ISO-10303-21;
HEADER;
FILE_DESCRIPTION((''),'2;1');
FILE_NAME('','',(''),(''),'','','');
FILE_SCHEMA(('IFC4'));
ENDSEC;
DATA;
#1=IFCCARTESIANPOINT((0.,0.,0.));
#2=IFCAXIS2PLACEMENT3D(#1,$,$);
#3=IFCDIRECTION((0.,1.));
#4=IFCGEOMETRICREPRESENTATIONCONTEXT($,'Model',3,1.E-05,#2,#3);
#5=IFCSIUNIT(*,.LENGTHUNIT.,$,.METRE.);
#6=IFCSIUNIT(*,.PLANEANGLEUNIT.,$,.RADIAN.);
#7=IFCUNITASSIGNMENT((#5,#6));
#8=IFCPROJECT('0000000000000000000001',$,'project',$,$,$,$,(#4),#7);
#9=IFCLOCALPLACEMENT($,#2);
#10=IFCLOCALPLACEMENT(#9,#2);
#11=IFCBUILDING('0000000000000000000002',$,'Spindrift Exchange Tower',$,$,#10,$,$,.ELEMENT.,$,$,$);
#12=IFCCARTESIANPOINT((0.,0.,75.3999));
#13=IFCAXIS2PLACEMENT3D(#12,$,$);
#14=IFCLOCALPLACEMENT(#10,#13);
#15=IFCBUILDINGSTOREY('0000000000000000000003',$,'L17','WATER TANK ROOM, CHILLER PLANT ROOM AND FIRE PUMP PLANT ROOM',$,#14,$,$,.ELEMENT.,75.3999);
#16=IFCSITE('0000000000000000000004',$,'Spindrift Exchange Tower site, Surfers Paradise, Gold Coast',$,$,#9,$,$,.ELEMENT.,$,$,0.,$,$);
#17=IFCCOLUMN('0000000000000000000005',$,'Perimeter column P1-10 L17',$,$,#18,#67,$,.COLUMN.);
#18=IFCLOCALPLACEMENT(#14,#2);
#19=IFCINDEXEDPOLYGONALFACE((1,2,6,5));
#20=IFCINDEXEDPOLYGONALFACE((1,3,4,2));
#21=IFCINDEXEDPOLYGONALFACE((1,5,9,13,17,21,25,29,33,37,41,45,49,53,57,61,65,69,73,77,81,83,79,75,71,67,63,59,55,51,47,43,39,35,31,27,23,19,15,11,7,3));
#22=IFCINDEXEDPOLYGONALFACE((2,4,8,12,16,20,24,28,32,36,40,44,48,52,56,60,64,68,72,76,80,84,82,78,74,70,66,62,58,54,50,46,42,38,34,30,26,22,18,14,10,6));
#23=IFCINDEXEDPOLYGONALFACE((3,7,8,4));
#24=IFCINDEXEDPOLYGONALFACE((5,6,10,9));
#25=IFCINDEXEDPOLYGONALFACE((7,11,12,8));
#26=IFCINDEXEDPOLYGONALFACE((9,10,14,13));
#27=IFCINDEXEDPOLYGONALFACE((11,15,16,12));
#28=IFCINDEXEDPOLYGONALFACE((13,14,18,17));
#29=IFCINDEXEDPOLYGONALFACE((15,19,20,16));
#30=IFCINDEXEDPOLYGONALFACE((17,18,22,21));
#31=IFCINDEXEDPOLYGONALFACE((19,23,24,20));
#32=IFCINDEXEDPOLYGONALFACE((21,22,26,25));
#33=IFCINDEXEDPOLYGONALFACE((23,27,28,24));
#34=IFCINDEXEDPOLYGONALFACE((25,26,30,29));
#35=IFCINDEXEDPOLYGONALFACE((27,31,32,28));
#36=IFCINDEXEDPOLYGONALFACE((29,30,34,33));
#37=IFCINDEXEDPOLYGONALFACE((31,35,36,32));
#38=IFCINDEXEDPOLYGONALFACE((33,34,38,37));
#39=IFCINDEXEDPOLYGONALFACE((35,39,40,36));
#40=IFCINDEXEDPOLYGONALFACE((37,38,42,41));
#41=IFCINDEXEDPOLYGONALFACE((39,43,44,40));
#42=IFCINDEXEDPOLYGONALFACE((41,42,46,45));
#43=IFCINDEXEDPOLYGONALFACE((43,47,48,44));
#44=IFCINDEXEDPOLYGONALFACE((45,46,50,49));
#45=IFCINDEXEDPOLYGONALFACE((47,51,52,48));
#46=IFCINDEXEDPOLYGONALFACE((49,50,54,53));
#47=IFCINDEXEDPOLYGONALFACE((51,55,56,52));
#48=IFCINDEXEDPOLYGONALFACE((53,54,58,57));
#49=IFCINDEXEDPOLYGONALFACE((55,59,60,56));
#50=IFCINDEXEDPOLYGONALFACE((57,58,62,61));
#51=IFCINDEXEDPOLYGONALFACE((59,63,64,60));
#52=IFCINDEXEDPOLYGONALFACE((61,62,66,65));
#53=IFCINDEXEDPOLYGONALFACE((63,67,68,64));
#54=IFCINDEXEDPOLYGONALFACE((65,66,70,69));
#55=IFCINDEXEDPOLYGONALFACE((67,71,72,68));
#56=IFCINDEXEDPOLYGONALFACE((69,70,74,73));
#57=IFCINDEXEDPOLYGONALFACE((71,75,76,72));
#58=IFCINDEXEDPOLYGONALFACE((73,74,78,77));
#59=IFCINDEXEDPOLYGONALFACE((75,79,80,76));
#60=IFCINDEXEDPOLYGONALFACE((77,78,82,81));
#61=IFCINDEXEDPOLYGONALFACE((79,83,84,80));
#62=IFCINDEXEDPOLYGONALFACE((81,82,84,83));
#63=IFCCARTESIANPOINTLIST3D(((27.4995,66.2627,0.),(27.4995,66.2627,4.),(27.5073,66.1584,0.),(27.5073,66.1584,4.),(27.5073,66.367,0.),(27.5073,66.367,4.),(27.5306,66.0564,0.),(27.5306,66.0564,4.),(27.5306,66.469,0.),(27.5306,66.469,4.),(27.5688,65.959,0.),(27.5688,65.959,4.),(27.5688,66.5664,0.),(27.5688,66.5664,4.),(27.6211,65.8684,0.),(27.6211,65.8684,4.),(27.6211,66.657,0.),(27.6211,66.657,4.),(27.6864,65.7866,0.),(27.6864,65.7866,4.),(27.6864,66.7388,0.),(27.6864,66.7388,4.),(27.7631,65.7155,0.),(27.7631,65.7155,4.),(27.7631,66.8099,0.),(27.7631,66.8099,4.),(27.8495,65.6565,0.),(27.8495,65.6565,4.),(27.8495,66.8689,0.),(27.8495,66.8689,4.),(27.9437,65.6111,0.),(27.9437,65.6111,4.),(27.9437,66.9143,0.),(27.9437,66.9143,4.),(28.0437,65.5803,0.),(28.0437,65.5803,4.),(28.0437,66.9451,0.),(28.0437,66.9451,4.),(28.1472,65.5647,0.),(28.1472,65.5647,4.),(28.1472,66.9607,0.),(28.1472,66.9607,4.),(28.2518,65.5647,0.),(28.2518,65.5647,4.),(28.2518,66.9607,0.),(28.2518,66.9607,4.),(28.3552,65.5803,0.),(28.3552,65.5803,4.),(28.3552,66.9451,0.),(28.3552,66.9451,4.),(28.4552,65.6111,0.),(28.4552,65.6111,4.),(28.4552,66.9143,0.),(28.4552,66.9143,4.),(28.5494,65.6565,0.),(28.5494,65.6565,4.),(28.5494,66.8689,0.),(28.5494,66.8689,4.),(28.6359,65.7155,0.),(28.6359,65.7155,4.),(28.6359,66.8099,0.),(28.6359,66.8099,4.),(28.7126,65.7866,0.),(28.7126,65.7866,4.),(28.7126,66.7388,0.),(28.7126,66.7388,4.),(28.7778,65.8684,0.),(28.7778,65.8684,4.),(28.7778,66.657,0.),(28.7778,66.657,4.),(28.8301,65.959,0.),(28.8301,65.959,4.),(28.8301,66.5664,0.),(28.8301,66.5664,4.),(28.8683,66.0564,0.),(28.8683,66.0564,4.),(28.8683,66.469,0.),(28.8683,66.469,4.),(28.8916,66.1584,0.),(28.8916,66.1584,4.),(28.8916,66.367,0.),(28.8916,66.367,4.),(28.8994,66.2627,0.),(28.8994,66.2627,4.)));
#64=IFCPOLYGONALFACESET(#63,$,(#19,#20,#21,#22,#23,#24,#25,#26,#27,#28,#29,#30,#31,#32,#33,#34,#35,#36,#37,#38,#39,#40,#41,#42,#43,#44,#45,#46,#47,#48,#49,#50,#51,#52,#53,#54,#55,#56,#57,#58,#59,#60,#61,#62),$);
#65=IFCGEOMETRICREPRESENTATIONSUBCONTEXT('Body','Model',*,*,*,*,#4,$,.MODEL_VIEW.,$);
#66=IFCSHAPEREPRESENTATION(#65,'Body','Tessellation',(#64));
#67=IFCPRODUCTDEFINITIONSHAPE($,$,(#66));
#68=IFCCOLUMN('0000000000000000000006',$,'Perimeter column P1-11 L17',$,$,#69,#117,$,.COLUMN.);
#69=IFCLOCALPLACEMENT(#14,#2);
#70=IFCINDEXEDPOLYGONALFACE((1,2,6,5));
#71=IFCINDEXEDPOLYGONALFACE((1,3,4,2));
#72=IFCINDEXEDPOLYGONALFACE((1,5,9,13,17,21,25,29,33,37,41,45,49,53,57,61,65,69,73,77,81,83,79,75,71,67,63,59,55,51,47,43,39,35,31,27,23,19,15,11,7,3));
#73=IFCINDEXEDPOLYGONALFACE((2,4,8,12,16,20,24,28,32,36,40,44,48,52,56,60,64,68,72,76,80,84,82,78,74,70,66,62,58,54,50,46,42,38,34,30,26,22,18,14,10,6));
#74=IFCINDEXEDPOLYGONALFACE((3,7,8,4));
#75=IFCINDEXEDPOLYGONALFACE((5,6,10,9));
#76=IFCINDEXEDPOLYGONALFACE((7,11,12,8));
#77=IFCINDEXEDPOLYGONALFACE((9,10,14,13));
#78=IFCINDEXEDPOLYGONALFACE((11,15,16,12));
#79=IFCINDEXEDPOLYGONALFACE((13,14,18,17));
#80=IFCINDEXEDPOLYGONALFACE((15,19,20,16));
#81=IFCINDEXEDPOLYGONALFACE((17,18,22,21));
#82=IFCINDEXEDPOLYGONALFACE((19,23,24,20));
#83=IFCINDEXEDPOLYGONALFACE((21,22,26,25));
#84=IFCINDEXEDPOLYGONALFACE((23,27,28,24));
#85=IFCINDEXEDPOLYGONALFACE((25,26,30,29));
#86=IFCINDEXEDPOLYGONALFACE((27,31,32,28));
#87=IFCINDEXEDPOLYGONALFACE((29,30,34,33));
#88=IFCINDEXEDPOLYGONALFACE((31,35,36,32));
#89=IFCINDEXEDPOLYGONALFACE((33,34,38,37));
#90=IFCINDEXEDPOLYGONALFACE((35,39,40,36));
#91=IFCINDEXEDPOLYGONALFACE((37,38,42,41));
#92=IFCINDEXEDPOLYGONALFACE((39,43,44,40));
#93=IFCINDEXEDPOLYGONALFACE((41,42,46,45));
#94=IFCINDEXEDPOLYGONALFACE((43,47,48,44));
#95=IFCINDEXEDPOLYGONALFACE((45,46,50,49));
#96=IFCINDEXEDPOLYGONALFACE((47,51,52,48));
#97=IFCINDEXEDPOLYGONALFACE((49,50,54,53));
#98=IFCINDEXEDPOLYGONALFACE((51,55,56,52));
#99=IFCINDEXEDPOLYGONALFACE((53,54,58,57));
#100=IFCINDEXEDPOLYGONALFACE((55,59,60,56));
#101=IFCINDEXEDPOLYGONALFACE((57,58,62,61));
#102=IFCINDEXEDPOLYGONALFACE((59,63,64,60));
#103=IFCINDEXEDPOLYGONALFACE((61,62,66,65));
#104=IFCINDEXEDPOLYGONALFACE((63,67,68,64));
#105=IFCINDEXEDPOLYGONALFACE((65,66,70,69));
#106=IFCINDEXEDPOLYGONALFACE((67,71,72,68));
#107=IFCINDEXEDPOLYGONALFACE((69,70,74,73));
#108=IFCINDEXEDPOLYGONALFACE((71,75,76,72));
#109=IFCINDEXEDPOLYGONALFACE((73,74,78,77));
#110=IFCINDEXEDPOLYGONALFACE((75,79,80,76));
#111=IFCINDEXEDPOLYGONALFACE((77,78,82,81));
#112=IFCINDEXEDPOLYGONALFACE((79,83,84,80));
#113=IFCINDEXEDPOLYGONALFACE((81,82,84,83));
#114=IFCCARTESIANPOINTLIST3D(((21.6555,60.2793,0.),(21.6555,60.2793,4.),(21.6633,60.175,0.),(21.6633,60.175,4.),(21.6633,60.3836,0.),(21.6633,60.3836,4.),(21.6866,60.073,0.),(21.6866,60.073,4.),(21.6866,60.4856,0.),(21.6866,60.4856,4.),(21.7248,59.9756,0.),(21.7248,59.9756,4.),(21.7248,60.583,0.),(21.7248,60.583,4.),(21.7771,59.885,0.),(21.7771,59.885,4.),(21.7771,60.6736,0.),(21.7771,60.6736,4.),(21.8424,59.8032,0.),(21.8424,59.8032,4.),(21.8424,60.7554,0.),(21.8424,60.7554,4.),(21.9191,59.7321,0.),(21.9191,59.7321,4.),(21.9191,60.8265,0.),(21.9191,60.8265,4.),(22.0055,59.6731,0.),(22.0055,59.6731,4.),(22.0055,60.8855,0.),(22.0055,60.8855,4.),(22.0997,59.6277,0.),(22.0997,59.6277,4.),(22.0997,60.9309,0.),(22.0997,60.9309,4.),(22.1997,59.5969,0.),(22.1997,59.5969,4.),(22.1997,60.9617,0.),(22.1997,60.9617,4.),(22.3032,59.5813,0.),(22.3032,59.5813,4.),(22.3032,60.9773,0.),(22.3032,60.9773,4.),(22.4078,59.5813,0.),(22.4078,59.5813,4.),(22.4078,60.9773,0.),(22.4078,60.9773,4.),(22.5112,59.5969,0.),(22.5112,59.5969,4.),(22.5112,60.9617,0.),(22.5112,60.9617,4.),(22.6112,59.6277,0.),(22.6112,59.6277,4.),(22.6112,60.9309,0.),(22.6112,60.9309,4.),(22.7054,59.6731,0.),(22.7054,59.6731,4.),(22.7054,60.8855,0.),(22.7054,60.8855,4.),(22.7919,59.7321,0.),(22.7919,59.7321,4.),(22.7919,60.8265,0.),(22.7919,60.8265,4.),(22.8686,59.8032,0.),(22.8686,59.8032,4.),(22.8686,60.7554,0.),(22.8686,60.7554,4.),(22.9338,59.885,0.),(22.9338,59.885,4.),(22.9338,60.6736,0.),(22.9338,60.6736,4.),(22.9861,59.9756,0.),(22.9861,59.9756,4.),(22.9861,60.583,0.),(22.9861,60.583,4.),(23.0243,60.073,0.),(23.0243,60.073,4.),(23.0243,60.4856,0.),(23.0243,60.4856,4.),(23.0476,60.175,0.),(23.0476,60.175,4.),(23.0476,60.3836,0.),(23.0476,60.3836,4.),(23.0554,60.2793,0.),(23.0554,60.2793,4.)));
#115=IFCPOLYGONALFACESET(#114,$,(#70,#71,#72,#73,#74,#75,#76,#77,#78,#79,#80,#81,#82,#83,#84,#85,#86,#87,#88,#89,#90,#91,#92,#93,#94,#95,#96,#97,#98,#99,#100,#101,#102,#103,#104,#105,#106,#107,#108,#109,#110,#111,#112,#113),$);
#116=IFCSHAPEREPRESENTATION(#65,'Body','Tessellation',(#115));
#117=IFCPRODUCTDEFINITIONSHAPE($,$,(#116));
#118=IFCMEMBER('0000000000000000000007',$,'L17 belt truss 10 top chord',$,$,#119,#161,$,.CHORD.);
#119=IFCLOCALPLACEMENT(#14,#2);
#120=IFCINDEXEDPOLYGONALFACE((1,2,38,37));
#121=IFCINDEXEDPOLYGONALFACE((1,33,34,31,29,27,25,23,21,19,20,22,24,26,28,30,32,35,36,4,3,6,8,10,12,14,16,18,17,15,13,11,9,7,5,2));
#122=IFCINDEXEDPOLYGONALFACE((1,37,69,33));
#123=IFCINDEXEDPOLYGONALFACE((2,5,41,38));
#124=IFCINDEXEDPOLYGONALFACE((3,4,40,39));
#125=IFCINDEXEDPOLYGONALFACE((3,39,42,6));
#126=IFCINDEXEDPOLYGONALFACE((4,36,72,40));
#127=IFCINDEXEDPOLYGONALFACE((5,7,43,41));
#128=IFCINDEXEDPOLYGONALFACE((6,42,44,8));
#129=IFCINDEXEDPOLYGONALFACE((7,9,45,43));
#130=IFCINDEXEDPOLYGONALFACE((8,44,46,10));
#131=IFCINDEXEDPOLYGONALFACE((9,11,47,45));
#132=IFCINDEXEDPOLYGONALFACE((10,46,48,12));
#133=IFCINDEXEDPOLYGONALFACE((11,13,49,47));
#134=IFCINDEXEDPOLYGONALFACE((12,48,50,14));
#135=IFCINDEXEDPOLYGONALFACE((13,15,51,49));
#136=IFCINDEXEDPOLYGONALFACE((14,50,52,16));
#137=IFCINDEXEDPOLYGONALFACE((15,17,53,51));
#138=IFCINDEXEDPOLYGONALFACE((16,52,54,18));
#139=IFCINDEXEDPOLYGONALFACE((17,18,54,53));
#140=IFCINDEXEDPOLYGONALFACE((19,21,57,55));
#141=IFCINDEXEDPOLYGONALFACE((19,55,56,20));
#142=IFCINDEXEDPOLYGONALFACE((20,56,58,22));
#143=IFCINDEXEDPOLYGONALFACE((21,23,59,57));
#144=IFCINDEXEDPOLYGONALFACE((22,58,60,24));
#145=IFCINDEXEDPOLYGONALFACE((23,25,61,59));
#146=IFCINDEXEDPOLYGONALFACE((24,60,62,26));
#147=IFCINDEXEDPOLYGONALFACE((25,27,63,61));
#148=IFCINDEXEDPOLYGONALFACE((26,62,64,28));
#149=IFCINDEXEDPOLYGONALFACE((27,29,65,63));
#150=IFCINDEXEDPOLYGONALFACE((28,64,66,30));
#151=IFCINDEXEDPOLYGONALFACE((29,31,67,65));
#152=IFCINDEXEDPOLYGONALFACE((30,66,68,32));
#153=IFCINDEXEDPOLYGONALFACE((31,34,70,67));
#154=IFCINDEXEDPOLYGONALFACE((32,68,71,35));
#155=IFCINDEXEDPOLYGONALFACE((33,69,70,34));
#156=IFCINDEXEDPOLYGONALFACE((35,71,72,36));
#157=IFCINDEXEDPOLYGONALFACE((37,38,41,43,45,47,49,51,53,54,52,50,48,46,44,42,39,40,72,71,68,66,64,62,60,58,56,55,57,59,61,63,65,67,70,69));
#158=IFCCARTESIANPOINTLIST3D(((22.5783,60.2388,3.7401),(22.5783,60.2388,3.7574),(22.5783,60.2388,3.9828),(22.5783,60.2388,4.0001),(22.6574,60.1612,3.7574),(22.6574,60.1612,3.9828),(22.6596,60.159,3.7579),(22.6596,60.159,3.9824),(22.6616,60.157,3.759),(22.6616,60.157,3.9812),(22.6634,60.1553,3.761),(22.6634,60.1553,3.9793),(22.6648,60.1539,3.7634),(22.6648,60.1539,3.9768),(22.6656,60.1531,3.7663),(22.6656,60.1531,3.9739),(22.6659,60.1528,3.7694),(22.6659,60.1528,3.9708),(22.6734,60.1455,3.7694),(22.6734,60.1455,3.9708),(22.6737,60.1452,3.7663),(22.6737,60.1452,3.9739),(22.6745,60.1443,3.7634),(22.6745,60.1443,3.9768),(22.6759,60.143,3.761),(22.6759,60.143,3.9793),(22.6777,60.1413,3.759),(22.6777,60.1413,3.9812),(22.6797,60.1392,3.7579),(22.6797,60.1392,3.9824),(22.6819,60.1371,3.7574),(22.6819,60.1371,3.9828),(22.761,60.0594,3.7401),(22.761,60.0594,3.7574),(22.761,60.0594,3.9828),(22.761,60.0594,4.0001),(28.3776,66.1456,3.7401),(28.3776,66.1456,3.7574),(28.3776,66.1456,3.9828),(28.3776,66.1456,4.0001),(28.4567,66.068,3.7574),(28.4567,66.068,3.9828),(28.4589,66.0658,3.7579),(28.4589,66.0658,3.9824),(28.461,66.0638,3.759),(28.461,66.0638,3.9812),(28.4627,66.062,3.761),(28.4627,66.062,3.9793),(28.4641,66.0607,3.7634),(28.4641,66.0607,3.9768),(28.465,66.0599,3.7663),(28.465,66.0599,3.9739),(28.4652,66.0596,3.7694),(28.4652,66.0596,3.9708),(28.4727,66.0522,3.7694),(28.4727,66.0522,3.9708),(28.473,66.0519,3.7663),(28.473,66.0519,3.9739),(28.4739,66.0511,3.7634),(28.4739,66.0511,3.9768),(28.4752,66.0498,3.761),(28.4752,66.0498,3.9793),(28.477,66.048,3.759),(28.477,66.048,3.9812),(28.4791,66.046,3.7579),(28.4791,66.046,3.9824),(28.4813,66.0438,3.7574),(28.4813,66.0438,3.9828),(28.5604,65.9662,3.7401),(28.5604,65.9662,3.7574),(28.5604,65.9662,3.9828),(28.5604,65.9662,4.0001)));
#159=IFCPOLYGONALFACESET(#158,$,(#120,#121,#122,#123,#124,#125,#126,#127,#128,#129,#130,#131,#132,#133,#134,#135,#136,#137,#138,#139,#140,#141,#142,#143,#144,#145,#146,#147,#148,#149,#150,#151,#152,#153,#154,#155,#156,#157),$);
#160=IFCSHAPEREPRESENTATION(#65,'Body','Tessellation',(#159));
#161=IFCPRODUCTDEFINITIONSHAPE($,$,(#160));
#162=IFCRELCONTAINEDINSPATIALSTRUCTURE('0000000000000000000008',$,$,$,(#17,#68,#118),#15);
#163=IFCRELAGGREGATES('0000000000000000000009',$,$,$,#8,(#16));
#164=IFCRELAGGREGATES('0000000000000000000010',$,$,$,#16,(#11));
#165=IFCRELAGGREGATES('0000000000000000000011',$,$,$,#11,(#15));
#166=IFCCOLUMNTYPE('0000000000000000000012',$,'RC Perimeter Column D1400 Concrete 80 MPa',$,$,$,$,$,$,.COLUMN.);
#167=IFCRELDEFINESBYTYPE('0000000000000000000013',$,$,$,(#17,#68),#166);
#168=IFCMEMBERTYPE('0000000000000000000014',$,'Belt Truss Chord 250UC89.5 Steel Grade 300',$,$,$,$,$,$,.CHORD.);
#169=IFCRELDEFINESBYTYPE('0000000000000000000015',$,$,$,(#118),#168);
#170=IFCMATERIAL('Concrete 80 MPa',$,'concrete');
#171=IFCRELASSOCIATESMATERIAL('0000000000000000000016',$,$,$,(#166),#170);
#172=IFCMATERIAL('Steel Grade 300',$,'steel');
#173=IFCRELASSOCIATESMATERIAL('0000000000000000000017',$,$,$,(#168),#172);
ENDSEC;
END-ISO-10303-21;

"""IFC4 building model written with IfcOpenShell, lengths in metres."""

from ifc_helpers import new_model, si_unit, direction, frame, origin, origin_2d, place, context, subcontext, project, spatial, circle, i_section, extrude, source, transform, mapped, material, material_profile, profile_set, type_object, element, save


model = new_model("IFC4")

# Units and contexts
model_context = context("Model", 3, precision=1e-05, world=origin(), true_north=direction((0.0, 1.0)))
body_context = subcontext(model_context, "Body", "Model", "MODEL_VIEW")
ifc_project = project(units=[si_unit("LENGTHUNIT", "METRE"), si_unit("PLANEANGLEUNIT", "RADIAN")], contexts=[model_context])

# Site, building, storey
site_placement = place(None, origin())
site = spatial("IfcSite", under=ifc_project, at=site_placement, Name="Spindrift Exchange Tower site, Surfers Paradise, Gold Coast", CompositionType="ELEMENT", RefElevation=0.0)
building_placement = place(site_placement, origin())
building = spatial("IfcBuilding", under=site, at=building_placement, Name="Spindrift Exchange Tower", CompositionType="ELEMENT")
storey_placement = place(building_placement, frame((0.0, 0.0, 75.3999)))
storey = spatial("IfcBuildingStorey", under=building, at=storey_placement, Name="L17", Description="WATER TANK ROOM, CHILLER PLANT ROOM AND FIRE PUMP PLANT ROOM", CompositionType="ELEMENT", Elevation=75.3999)

# Columns
ifc_material_1 = material(Name="Concrete 80 MPa", Category="concrete")
ifc_material_profile_1 = material_profile(ifc_material_1, circle(Radius=0.7, at=origin_2d()), Name="RC D1400")
ifc_profile_set_1 = profile_set([ifc_material_profile_1], Name="Concrete 80 MPa")
column_type = type_object("IfcColumnType", Name="RC Perimeter Column D1400 Concrete 80 MPa", PredefinedType="COLUMN", material=ifc_profile_set_1)
shared_shape_1 = source(origin(), body_context, "Body", "SweptSolid", [
    extrude(circle(Radius=0.7, at=origin_2d()), origin(), (0.0, 0.0, 1.0), 4.0),
])
for number, where, z_axis, x_axis, name in (
    (1, (28.1995, 66.2627, 0.0), (0.0, 0.0, 1.0), (1.0, 0.0, 0.0), "Perimeter column P1-10 L17"),
    (2, (22.3555, 60.2793, 0.0), (0.0, 0.0, 1.0), (1.0, 0.0, 0.0), "Perimeter column P1-11 L17"),
):
    element("IfcColumn", number, at=place(storey_placement, frame(where, z_axis=z_axis, x_axis=x_axis)), inside=storey, type_object=column_type, Name=name, PredefinedType="COLUMN", context=body_context, shape_type="MappedRepresentation", body=[
        mapped(shared_shape_1, transform((0.0, 0.0, 0.0), scale=1.0)),
    ])

# Member
ifc_material_2 = material(Name="Steel Grade 300", Category="steel")
ifc_material_profile_2 = material_profile(ifc_material_2, i_section(OverallWidth=0.2561, OverallDepth=0.26, WebThickness=0.0105, FlangeThickness=0.0173, FilletRadius=0.012, at=origin_2d()), Name="250UC89.5")
ifc_profile_set_2 = profile_set([ifc_material_profile_2], Name="Steel Grade 300")
member_type_1 = type_object("IfcMemberType", Name="Belt Truss Chord 250UC89.5 Steel Grade 300", PredefinedType="CHORD", material=ifc_profile_set_2)
shared_shape_2 = source(origin(), body_context, "Body", "SweptSolid", [
    extrude(i_section(OverallWidth=0.2561, OverallDepth=0.26, WebThickness=0.0105, FlangeThickness=0.0173, FilletRadius=0.012, at=origin_2d()), origin(), (0.0, 0.0, 1.0), 8.2778),
])
for number, where, z_axis, x_axis, name in (
    (3, (28.469, 66.0559, 3.8701), (-0.700588, -0.713566, 0.0), (0.713566, -0.700588, 0.0), "L17 belt truss 10 top chord"),
):
    element("IfcMember", number, at=place(storey_placement, frame(where, z_axis=z_axis, x_axis=x_axis)), inside=storey, type_object=member_type_1, Name=name, PredefinedType="CHORD", context=body_context, shape_type="MappedRepresentation", body=[
        mapped(shared_shape_2, transform((0.0, 0.0, 0.0), scale=1.0)),
    ])

save(model, "model.ifc")
